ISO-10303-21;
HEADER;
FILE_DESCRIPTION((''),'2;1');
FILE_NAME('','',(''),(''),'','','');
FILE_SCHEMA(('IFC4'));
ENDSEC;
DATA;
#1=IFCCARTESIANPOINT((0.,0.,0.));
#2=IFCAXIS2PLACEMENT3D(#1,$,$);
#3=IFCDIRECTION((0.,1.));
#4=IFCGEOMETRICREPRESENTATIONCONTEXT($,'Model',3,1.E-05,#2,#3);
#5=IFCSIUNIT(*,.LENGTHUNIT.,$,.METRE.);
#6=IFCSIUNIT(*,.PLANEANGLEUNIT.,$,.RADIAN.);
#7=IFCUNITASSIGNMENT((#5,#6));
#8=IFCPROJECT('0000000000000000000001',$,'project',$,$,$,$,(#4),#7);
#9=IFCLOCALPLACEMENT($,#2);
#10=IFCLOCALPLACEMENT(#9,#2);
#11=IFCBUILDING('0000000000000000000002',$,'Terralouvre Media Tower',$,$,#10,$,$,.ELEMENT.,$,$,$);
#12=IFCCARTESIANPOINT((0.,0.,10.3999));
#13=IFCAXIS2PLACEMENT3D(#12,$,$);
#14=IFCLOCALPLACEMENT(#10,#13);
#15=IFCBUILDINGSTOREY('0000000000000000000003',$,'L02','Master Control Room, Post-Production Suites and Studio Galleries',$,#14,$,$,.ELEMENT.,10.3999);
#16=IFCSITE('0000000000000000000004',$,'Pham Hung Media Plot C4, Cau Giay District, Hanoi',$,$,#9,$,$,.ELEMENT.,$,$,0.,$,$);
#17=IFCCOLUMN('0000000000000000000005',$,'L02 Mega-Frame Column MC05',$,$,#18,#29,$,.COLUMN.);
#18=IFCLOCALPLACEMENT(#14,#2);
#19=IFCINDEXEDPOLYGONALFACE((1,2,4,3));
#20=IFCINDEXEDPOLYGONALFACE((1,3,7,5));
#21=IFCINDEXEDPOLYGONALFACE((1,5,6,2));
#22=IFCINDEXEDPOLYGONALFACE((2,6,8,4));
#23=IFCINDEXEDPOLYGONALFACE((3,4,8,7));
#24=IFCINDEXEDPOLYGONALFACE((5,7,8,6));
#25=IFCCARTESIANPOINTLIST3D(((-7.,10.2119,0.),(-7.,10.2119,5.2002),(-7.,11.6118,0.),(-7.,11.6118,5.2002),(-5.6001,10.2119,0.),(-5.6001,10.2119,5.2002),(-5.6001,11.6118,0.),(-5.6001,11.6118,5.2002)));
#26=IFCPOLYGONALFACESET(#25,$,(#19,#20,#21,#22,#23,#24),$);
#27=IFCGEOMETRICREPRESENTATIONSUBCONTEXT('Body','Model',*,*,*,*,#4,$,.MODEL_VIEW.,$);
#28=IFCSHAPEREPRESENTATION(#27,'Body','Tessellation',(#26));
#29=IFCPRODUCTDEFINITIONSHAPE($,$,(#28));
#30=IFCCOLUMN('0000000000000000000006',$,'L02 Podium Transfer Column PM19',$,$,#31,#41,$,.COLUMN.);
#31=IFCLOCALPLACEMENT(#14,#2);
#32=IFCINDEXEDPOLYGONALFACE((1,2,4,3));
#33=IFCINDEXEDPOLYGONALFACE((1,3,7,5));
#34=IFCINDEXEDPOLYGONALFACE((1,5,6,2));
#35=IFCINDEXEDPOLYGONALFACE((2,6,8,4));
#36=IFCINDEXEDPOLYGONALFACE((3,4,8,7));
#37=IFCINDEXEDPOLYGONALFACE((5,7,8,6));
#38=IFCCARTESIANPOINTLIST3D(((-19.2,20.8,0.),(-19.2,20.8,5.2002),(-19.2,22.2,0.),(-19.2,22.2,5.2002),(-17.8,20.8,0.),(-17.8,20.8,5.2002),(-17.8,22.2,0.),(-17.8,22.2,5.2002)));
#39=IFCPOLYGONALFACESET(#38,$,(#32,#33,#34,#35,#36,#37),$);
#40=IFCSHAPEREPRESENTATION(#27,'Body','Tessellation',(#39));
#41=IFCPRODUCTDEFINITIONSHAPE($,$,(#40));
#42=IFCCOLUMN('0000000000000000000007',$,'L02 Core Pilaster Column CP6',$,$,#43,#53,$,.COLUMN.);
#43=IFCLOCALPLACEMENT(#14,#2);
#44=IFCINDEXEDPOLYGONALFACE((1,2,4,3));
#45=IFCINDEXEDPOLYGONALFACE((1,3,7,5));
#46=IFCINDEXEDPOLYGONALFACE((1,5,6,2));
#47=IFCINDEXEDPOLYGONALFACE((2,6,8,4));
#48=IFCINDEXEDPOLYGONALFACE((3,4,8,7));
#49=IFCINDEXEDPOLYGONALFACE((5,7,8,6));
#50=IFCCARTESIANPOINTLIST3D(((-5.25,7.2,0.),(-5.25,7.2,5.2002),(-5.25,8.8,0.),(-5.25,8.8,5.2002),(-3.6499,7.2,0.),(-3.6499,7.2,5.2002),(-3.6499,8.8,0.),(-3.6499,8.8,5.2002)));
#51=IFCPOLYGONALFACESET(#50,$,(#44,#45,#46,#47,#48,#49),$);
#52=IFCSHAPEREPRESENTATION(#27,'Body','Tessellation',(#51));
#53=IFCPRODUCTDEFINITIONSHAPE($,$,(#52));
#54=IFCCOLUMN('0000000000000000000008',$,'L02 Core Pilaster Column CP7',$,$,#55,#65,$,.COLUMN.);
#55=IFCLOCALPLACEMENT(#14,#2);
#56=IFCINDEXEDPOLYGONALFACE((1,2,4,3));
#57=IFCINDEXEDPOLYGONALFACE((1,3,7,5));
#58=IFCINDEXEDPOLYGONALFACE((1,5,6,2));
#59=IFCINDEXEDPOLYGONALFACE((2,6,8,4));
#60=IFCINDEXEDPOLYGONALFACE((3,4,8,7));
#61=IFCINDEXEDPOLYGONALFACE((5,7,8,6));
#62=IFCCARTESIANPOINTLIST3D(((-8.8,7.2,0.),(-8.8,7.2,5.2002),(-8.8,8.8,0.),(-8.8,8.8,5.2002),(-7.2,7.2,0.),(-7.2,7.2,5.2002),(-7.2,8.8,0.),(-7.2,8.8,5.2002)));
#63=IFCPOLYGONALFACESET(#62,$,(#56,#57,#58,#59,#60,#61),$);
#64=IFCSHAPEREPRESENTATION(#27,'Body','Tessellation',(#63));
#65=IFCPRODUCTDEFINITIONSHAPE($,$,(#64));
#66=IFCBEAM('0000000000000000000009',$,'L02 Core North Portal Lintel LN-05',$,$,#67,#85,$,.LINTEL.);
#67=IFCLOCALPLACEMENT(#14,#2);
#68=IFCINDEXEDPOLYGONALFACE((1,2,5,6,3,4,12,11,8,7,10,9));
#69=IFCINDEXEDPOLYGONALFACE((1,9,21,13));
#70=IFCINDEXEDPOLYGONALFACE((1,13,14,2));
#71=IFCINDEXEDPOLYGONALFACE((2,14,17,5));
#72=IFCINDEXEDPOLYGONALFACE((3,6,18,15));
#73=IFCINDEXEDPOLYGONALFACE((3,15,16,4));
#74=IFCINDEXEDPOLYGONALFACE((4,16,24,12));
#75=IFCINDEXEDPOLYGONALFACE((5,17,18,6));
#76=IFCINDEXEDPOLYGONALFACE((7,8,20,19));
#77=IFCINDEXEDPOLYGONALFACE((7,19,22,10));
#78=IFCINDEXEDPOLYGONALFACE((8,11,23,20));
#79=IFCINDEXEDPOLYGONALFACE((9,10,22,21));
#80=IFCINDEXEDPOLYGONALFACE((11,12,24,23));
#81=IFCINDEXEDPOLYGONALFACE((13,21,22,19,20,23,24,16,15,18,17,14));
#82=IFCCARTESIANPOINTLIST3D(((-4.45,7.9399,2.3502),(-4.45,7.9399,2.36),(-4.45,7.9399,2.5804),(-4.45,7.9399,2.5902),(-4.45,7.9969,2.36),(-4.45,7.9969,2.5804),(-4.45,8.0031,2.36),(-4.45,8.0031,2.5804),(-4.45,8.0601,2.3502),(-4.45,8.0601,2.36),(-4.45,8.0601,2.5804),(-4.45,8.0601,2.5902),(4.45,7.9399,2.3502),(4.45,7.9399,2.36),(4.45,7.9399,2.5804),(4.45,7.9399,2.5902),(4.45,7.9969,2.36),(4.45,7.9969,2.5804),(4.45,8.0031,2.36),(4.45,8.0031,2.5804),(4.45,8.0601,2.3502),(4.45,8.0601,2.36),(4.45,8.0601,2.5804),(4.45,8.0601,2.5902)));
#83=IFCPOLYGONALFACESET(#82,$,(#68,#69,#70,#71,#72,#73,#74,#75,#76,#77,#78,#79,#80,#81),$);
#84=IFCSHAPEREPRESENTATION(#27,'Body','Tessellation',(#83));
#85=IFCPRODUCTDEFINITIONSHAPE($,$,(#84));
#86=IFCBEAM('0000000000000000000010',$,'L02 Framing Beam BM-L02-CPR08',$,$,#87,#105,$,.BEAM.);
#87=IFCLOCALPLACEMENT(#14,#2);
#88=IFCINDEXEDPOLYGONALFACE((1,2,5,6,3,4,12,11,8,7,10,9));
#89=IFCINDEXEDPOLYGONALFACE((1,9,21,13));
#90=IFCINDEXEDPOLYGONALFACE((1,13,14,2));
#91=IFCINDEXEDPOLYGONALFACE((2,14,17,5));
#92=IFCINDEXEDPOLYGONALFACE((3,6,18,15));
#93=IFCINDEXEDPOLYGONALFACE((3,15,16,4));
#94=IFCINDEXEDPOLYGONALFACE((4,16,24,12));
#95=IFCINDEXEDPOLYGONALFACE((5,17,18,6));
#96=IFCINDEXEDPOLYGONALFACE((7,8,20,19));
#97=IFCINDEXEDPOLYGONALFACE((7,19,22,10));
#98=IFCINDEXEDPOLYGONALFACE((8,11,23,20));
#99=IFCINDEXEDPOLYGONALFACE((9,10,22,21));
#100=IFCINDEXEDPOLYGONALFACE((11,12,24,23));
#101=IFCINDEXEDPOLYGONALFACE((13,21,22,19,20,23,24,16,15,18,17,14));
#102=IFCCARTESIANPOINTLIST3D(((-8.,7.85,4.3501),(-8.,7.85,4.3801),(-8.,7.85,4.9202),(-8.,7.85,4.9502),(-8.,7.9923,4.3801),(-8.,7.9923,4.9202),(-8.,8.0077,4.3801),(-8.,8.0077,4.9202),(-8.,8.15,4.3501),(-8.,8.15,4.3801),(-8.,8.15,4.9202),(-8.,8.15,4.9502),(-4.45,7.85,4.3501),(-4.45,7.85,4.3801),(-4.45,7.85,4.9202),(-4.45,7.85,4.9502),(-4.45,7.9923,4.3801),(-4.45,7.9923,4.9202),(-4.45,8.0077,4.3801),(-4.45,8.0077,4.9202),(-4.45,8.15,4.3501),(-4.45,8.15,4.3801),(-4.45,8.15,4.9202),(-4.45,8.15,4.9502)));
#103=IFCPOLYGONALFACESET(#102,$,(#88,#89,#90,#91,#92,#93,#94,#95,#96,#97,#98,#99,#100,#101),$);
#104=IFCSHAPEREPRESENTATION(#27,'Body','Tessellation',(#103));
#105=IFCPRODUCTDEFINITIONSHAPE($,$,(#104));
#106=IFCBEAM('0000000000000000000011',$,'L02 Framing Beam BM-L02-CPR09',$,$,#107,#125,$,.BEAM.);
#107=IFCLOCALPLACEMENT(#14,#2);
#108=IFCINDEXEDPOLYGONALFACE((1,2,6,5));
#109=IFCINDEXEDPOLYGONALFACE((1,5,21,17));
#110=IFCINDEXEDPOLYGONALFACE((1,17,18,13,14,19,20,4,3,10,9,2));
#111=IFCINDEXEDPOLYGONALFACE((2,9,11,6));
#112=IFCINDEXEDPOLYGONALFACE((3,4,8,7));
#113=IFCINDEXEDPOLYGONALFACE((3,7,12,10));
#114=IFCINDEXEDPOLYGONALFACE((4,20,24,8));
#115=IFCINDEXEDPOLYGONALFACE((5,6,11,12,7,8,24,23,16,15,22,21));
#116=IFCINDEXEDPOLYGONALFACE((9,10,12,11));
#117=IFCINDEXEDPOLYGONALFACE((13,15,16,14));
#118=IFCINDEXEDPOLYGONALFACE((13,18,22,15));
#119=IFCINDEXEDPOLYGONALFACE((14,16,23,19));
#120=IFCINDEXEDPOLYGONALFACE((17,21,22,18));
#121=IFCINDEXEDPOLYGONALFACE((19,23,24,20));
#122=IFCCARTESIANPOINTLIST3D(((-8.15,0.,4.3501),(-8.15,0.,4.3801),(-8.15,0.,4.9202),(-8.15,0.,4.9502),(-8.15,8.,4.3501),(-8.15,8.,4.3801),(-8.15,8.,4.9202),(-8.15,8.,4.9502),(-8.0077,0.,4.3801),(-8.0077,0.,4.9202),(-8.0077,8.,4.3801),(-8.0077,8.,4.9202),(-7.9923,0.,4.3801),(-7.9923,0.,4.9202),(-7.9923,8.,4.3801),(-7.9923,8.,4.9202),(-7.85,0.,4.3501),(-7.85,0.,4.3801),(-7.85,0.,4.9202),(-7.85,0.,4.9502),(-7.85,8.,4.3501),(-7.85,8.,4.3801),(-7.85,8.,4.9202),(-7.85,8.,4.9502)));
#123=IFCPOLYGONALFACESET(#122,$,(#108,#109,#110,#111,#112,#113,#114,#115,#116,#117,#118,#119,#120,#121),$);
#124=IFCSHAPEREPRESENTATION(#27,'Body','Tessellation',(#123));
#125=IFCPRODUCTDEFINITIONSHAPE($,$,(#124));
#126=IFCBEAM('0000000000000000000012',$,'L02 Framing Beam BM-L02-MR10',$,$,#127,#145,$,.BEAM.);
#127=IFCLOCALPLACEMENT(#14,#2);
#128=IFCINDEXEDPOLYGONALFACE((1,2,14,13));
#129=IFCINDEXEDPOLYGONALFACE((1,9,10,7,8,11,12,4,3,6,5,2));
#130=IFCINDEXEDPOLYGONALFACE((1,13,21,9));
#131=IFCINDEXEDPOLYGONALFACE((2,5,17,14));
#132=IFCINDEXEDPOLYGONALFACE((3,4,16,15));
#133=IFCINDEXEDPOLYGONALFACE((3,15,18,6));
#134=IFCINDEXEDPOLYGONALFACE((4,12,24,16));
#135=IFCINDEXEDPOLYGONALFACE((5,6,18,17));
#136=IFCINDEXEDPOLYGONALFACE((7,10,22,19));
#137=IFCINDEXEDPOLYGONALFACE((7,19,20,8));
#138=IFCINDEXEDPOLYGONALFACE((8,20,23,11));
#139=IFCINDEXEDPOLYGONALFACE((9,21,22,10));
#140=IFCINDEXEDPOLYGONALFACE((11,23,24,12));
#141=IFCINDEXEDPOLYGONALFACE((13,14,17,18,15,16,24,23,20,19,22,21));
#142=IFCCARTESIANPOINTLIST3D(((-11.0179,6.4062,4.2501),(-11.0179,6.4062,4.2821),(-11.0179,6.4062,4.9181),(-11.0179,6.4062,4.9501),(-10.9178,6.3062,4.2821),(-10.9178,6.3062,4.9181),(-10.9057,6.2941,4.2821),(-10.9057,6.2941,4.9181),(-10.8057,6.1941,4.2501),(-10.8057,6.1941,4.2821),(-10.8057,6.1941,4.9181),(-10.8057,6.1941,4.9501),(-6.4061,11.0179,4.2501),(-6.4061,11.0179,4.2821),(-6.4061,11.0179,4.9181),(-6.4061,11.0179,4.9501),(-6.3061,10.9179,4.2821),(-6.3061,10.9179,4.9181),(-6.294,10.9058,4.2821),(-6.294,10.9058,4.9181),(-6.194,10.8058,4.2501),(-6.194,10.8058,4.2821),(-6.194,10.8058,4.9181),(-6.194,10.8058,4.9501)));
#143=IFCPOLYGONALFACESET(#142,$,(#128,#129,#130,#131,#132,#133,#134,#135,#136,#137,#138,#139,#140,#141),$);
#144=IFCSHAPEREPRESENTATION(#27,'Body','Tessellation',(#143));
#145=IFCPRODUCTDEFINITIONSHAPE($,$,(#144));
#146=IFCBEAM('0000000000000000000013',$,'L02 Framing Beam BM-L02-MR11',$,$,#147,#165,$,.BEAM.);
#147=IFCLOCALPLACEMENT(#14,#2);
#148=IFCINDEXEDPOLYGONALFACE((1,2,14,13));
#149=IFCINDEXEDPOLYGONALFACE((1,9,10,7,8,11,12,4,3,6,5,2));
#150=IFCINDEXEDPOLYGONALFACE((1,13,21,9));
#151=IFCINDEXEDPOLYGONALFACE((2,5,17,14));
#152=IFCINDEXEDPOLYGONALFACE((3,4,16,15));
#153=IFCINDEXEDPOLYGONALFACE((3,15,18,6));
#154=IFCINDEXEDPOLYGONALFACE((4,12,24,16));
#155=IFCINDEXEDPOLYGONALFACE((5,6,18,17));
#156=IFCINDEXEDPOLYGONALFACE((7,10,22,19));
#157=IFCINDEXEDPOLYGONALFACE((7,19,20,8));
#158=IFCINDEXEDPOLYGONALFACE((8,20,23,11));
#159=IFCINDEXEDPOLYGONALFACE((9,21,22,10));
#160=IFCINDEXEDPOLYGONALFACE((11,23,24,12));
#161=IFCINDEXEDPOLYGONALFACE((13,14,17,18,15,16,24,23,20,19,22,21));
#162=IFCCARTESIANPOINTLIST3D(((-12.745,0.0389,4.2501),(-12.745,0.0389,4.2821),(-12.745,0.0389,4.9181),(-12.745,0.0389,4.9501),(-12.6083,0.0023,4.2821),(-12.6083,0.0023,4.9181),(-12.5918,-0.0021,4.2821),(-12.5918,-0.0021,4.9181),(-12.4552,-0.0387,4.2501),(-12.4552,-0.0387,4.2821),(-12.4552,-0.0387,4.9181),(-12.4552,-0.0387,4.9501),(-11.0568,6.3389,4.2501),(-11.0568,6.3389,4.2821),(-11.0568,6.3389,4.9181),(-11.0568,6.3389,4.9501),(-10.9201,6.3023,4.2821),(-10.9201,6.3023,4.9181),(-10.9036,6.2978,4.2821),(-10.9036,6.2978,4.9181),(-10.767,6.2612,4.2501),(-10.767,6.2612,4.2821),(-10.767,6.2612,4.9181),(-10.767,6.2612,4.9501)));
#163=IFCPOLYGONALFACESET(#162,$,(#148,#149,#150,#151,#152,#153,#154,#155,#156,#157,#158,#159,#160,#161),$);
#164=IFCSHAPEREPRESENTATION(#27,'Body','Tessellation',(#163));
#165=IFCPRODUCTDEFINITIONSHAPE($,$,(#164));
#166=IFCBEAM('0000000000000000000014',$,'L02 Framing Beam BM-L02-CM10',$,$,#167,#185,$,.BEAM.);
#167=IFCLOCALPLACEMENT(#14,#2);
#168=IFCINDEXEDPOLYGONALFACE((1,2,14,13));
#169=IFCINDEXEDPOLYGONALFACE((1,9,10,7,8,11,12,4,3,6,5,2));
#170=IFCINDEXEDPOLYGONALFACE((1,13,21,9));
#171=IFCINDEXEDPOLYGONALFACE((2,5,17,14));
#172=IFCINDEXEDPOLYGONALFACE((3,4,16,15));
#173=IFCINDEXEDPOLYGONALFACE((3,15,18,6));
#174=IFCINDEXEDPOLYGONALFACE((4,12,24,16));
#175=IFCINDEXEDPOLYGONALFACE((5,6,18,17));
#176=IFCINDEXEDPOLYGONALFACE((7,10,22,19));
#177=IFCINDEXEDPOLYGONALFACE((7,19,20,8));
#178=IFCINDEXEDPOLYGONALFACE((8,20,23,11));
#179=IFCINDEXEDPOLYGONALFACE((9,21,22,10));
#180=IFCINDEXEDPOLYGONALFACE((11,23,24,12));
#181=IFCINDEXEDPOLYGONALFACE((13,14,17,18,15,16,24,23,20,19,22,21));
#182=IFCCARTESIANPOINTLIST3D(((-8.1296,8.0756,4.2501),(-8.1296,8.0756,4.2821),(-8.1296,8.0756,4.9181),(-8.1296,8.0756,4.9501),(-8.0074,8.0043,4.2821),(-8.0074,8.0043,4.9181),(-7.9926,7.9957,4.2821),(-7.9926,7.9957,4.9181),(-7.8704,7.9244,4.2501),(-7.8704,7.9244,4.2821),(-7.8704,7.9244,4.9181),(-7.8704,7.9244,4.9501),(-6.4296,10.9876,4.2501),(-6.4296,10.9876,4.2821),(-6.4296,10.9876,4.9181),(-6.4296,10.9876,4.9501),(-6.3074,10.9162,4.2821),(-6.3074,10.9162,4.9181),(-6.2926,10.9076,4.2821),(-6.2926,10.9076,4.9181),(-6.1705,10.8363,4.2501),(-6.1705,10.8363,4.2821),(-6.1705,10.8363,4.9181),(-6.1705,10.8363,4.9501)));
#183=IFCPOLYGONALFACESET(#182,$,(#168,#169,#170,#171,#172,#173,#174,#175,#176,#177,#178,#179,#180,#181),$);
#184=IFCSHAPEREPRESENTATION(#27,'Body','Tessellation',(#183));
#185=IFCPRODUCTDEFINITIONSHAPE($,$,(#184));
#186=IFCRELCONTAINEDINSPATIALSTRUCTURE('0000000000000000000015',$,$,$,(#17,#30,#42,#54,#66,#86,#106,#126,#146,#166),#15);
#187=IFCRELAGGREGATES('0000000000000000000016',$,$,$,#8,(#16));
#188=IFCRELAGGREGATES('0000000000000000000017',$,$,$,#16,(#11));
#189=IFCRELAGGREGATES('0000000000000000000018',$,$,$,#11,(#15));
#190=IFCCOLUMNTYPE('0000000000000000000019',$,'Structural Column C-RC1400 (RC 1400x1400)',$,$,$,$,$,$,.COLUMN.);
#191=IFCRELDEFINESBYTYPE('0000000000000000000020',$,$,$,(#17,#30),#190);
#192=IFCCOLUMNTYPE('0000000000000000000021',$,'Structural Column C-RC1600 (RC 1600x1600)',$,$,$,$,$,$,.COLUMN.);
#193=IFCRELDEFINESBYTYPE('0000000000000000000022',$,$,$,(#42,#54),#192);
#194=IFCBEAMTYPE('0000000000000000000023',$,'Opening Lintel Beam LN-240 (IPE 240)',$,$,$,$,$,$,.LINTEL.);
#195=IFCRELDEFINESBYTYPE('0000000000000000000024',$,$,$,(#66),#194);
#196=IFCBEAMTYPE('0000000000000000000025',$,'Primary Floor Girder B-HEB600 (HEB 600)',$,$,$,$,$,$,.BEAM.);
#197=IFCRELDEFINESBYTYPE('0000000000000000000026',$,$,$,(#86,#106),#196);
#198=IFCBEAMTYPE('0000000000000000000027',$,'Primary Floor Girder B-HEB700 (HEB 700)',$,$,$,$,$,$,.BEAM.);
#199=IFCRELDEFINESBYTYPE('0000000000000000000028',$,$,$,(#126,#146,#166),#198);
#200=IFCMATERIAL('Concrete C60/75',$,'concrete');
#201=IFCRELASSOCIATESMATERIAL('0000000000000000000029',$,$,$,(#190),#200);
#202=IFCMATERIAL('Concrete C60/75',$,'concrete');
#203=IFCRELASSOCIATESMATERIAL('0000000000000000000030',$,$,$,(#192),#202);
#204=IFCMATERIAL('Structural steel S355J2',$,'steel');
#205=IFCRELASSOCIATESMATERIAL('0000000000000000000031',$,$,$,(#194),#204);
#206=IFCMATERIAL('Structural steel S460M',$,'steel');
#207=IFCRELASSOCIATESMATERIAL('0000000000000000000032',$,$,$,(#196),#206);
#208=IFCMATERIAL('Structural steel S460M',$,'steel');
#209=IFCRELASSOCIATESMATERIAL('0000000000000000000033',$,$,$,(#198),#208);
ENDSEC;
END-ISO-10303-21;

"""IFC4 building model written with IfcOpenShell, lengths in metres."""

from ifc_helpers import new_model, si_unit, direction, frame, origin, origin_2d, place, context, subcontext, project, spatial, rectangle, i_section, extrude, material, material_profile, profile_set, type_object, element, save


model = new_model("IFC4")

# Units and contexts
model_context = context("Model", 3, precision=1e-05, world=origin(), true_north=direction((0.0, 1.0)))
body_context = subcontext(model_context, "Body", "Model", "MODEL_VIEW")
ifc_project = project(units=[si_unit("LENGTHUNIT", "METRE"), si_unit("PLANEANGLEUNIT", "RADIAN")], contexts=[model_context])

# Site, building, storey
site_placement = place(None, origin())
site = spatial("IfcSite", under=ifc_project, at=site_placement, Name="Pham Hung Media Plot C4, Cau Giay District, Hanoi", CompositionType="ELEMENT", RefElevation=0.0)
building_placement = place(site_placement, origin())
building = spatial("IfcBuilding", under=site, at=building_placement, Name="Terralouvre Media Tower", CompositionType="ELEMENT")
storey_placement = place(building_placement, frame((0.0, 0.0, 10.3999)))
storey = spatial("IfcBuildingStorey", under=building, at=storey_placement, Name="L02", Description="Master Control Room, Post-Production Suites and Studio Galleries", CompositionType="ELEMENT", Elevation=10.3999)

# Columns
ifc_material_1 = material(Name="Concrete C60/75", Category="concrete")
ifc_material_profile_1 = material_profile(ifc_material_1, rectangle(XDim=1.3999, YDim=1.3999, at=origin_2d()), Name="RC 1400x1400")
ifc_profile_set_1 = profile_set([ifc_material_profile_1], Name="Concrete C60/75")
column_type_1 = type_object("IfcColumnType", Name="Structural Column C-RC1400 (RC 1400x1400)", PredefinedType="COLUMN", material=ifc_profile_set_1)
for number, where, z_axis, x_axis, name in (
    (1, (-6.3, 10.9119, 0.0), (0.0, 0.0, 1.0), (1.0, 0.0, 0.0), "L02 Mega-Frame Column MC05"),
    (2, (-18.5, 21.5, 0.0), (0.0, 0.0, 1.0), (1.0, 0.0, 0.0), "L02 Podium Transfer Column PM19"),
):
    element("IfcColumn", number, at=place(storey_placement, frame(where, z_axis=z_axis, x_axis=x_axis)), inside=storey, type_object=column_type_1, Name=name, PredefinedType="COLUMN", context=body_context, shape_type="SweptSolid", body=[
        extrude(rectangle(XDim=1.3999, YDim=1.3999, at=origin_2d()), origin(), (0.0, 0.0, 1.0), 5.2002),
    ])
ifc_material_2 = material(Name="Concrete C60/75", Category="concrete")
ifc_material_profile_2 = material_profile(ifc_material_2, rectangle(XDim=1.6001, YDim=1.6001, at=origin_2d()), Name="RC 1600x1600")
ifc_profile_set_2 = profile_set([ifc_material_profile_2], Name="Concrete C60/75")
column_type_2 = type_object("IfcColumnType", Name="Structural Column C-RC1600 (RC 1600x1600)", PredefinedType="COLUMN", material=ifc_profile_set_2)
for number, where, z_axis, x_axis, name in (
    (3, (-4.45, 8.0, 0.0), (0.0, 0.0, 1.0), (1.0, 0.0, 0.0), "L02 Core Pilaster Column CP6"),
    (4, (-8.0, 8.0, 0.0), (0.0, 0.0, 1.0), (1.0, 0.0, 0.0), "L02 Core Pilaster Column CP7"),
):
    element("IfcColumn", number, at=place(storey_placement, frame(where, z_axis=z_axis, x_axis=x_axis)), inside=storey, type_object=column_type_2, Name=name, PredefinedType="COLUMN", context=body_context, shape_type="SweptSolid", body=[
        extrude(rectangle(XDim=1.6001, YDim=1.6001, at=origin_2d()), origin(), (0.0, 0.0, 1.0), 5.2002),
    ])

# Beams
ifc_material_3 = material(Name="Structural steel S355J2", Category="steel")
ifc_material_profile_3 = material_profile(ifc_material_3, i_section(OverallWidth=0.1201, OverallDepth=0.24, WebThickness=0.0061, FlangeThickness=0.0098, at=origin_2d()), Name="IPE 240")
ifc_profile_set_3 = profile_set([ifc_material_profile_3], Name="Structural steel S355J2")
beam_type_1 = type_object("IfcBeamType", Name="Opening Lintel Beam LN-240 (IPE 240)", PredefinedType="LINTEL", material=ifc_profile_set_3)
beam_1_placement = place(storey_placement, frame((-4.45, 8.0, 2.4702), z_axis=(1.0, 0.0, 0.0), x_axis=(0.0, 1.0, 0.0)))
element("IfcBeam", 5, at=beam_1_placement, inside=storey, type_object=beam_type_1, Name="L02 Core North Portal Lintel LN-05", PredefinedType="LINTEL", context=body_context, shape_type="SweptSolid", body=[
    extrude(i_section(OverallWidth=0.1201, OverallDepth=0.24, WebThickness=0.0061, FlangeThickness=0.0098, at=origin_2d()), origin(), (0.0, 0.0, 1.0), 8.8999),
])
ifc_material_4 = material(Name="Structural steel S460M", Category="steel")
ifc_material_profile_4 = material_profile(ifc_material_4, i_section(OverallWidth=0.3, OverallDepth=0.6001, WebThickness=0.0154, FlangeThickness=0.03, at=origin_2d()), Name="HEB 600")
ifc_profile_set_4 = profile_set([ifc_material_profile_4], Name="Structural steel S460M")
beam_type_2 = type_object("IfcBeamType", Name="Primary Floor Girder B-HEB600 (HEB 600)", PredefinedType="BEAM", material=ifc_profile_set_4)
beam_2_placement = place(storey_placement, frame((-4.45, 8.0, 4.6501), z_axis=(-1.0, 0.0, 0.0), x_axis=(0.0, -1.0, 0.0)))
element("IfcBeam", 6, at=beam_2_placement, inside=storey, type_object=beam_type_2, Name="L02 Framing Beam BM-L02-CPR08", PredefinedType="BEAM", context=body_context, shape_type="SweptSolid", body=[
    extrude(i_section(OverallWidth=0.3, OverallDepth=0.6001, WebThickness=0.0154, FlangeThickness=0.03, at=origin_2d()), origin(), (0.0, 0.0, 1.0), 3.55),
])
beam_3_placement = place(storey_placement, frame((-8.0, 8.0, 4.6501), z_axis=(0.0, -1.0, 0.0), x_axis=(1.0, 0.0, 0.0)))
element("IfcBeam", 7, at=beam_3_placement, inside=storey, type_object=beam_type_2, Name="L02 Framing Beam BM-L02-CPR09", PredefinedType="BEAM", context=body_context, shape_type="SweptSolid", body=[
    extrude(i_section(OverallWidth=0.3, OverallDepth=0.6001, WebThickness=0.0154, FlangeThickness=0.03, at=origin_2d()), origin(), (0.0, 0.0, 1.0), 8.0),
])
ifc_material_5 = material(Name="Structural steel S460M", Category="steel")
ifc_material_profile_5 = material_profile(ifc_material_5, i_section(OverallWidth=0.3, OverallDepth=0.7, WebThickness=0.0171, FlangeThickness=0.032, at=origin_2d()), Name="HEB 700")
ifc_profile_set_5 = profile_set([ifc_material_profile_5], Name="Structural steel S460M")
beam_type_3 = type_object("IfcBeamType", Name="Primary Floor Girder B-HEB700 (HEB 700)", PredefinedType="BEAM", material=ifc_profile_set_5)
beam_4_placement = place(storey_placement, frame((-6.3, 10.9119, 4.6001), z_axis=(-0.707107, -0.707107, 0.0), x_axis=(0.707107, -0.707107, 0.0)))
element("IfcBeam", 8, at=beam_4_placement, inside=storey, type_object=beam_type_3, Name="L02 Framing Beam BM-L02-MR10", PredefinedType="BEAM", context=body_context, shape_type="SweptSolid", body=[
    extrude(i_section(OverallWidth=0.3, OverallDepth=0.7, WebThickness=0.0171, FlangeThickness=0.032, at=origin_2d()), origin(), (0.0, 0.0, 1.0), 6.522),
])
beam_5_placement = place(storey_placement, frame((-10.9119, 6.3, 4.6001), z_axis=(-0.258839, -0.96592, 0.0), x_axis=(0.96592, -0.258839, 0.0)))
element("IfcBeam", 9, at=beam_5_placement, inside=storey, type_object=beam_type_3, Name="L02 Framing Beam BM-L02-MR11", PredefinedType="BEAM", context=body_context, shape_type="SweptSolid", body=[
    extrude(i_section(OverallWidth=0.3, OverallDepth=0.7, WebThickness=0.0171, FlangeThickness=0.032, at=origin_2d()), origin(), (0.0, 0.0, 1.0), 6.5222),
])
for number, where, z_axis, x_axis, name in (
    (10, (-8.0, 8.0, 4.6001), (0.504173, 0.863603, 0.0), (-0.863603, 0.504173, 0.0), "L02 Framing Beam BM-L02-CM10"),
):
    element("IfcBeam", number, at=place(storey_placement, frame(where, z_axis=z_axis, x_axis=x_axis)), inside=storey, type_object=beam_type_3, Name=name, PredefinedType="BEAM", context=body_context, shape_type="SweptSolid", body=[
        extrude(i_section(OverallWidth=0.3, OverallDepth=0.7, WebThickness=0.0171, FlangeThickness=0.032, at=origin_2d()), origin(), (0.0, 0.0, 1.0), 3.3718),
    ])

save(model, "model.ifc")
